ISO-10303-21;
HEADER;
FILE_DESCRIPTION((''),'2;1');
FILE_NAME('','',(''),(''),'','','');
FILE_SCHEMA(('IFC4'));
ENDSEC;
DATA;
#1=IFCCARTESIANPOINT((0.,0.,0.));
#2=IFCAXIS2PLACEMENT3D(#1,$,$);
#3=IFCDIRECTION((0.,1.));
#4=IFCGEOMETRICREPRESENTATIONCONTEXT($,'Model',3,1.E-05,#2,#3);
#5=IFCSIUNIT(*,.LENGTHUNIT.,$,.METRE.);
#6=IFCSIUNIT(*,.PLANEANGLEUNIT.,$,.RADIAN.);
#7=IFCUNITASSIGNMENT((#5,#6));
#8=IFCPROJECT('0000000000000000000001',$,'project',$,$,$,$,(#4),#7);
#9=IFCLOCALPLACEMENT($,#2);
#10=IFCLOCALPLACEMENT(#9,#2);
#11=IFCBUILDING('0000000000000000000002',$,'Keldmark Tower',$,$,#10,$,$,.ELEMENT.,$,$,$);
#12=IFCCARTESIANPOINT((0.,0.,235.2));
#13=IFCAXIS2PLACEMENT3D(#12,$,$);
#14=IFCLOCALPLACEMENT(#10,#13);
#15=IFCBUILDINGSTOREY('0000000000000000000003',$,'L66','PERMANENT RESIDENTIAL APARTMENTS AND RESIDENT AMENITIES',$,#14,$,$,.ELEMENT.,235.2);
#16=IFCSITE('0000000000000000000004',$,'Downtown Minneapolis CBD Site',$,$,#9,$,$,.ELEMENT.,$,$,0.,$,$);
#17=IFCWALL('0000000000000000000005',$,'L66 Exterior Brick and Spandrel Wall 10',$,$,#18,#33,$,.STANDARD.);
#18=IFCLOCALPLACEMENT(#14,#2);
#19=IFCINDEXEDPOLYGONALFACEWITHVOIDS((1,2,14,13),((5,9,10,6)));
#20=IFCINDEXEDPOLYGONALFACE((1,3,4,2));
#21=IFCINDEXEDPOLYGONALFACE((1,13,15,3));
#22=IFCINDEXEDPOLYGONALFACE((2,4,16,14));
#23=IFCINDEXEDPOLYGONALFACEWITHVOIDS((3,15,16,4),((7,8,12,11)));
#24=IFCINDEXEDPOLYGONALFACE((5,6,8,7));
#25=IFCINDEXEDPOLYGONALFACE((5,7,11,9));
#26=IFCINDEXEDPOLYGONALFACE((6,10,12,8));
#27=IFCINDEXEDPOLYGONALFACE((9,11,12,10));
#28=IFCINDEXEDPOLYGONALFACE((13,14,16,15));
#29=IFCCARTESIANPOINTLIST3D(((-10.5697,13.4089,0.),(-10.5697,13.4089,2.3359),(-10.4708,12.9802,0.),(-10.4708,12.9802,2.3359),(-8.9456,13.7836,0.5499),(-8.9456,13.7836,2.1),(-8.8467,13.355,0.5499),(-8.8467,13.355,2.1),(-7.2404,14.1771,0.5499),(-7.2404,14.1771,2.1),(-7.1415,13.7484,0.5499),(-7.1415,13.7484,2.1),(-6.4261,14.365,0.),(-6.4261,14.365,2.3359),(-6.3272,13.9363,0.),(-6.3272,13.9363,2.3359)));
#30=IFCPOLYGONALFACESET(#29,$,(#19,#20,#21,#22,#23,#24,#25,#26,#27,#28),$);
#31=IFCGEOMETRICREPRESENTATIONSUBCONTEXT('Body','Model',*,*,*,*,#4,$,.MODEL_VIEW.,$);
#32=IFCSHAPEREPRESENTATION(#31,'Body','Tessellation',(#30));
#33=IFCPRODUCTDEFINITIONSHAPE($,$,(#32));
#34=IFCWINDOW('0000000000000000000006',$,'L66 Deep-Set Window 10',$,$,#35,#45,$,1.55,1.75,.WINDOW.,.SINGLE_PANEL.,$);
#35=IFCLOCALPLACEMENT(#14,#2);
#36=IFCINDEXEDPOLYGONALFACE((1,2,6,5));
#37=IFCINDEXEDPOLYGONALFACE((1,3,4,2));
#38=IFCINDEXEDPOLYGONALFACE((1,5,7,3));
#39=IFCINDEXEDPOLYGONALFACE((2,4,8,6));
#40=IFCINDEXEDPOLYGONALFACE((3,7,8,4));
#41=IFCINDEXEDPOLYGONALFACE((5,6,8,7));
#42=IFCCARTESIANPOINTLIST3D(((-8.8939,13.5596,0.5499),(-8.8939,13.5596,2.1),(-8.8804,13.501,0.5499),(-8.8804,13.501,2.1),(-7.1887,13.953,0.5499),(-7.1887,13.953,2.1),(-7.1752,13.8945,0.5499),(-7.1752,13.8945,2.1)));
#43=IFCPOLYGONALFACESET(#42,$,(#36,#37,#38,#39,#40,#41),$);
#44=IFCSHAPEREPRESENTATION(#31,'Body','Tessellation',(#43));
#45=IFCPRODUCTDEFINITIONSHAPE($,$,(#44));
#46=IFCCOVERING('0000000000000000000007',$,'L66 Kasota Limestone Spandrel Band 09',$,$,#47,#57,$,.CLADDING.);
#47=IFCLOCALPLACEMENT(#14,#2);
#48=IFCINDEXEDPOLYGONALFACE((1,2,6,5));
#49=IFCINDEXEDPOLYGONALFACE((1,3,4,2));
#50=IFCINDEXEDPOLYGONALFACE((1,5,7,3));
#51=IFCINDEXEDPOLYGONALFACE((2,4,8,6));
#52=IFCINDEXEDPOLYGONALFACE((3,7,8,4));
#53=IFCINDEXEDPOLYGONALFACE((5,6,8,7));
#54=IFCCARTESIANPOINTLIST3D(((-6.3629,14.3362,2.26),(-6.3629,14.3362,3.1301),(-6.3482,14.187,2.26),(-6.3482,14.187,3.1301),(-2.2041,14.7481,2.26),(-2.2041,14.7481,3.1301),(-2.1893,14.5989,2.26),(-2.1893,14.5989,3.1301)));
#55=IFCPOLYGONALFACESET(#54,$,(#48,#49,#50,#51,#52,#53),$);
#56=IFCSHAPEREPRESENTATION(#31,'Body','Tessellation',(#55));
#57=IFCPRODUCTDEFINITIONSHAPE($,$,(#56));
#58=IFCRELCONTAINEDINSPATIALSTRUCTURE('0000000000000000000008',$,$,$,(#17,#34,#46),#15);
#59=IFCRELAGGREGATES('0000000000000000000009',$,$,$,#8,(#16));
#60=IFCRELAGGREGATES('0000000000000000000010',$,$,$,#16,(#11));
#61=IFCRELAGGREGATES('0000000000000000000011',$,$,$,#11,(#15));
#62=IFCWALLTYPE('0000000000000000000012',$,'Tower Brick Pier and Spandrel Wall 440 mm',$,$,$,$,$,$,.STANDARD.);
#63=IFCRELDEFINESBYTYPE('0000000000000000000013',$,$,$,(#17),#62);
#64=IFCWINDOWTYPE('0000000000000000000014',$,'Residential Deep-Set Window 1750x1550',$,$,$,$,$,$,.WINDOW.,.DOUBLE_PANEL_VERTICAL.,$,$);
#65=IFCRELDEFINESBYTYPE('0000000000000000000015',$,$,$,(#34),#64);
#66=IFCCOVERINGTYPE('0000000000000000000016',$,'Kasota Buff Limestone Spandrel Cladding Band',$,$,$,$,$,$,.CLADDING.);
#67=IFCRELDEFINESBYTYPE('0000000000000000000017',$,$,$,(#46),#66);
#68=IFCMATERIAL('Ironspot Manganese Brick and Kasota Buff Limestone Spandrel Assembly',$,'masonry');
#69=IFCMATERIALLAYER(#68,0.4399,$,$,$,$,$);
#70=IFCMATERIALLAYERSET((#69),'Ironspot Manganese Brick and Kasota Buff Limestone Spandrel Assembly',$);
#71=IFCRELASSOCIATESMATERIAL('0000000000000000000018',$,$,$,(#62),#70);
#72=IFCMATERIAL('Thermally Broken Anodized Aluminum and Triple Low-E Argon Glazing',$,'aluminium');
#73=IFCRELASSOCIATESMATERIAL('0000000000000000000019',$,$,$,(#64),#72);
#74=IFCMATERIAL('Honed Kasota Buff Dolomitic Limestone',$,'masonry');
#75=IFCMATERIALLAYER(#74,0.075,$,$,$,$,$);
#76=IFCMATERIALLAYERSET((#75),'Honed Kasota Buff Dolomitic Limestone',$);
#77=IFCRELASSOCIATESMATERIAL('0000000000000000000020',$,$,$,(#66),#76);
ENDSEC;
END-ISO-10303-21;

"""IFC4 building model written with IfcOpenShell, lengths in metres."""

from ifc_helpers import new_model, si_unit, direction, frame, frame_2d, origin, origin_2d, place, context, subcontext, project, spatial, rectangle, extrude, material, layer, layer_set, type_object, element, fill, save


model = new_model("IFC4")

# Units and contexts
model_context = context("Model", 3, precision=1e-05, world=origin(), true_north=direction((0.0, 1.0)))
body_context = subcontext(model_context, "Body", "Model", "MODEL_VIEW")
ifc_project = project(units=[si_unit("LENGTHUNIT", "METRE"), si_unit("PLANEANGLEUNIT", "RADIAN")], contexts=[model_context])

# Site, building, storey
site_placement = place(None, origin())
site = spatial("IfcSite", under=ifc_project, at=site_placement, Name="Downtown Minneapolis CBD Site", CompositionType="ELEMENT", RefElevation=0.0)
building_placement = place(site_placement, origin())
building = spatial("IfcBuilding", under=site, at=building_placement, Name="Keldmark Tower", CompositionType="ELEMENT")
storey_placement = place(building_placement, frame((0.0, 0.0, 235.2)))
storey = spatial("IfcBuildingStorey", under=building, at=storey_placement, Name="L66", Description="PERMANENT RESIDENTIAL APARTMENTS AND RESIDENT AMENITIES", CompositionType="ELEMENT", Elevation=235.2)

# Wall, opening, window
ifc_material_1 = material(Name="Ironspot Manganese Brick and Kasota Buff Limestone Spandrel Assembly", Category="masonry")
ifc_layer_1 = layer(ifc_material_1, 0.4399)
ifc_layer_set_1 = layer_set([ifc_layer_1], Name="Ironspot Manganese Brick and Kasota Buff Limestone Spandrel Assembly")
wall_type_1 = type_object("IfcWallType", Name="Tower Brick Pier and Spandrel Wall 440 mm", PredefinedType="STANDARD", material=ifc_layer_set_1)
ifc_material_2 = material(Name="Thermally Broken Anodized Aluminum and Triple Low-E Argon Glazing", Category="aluminium")
window_type_1 = type_object("IfcWindowType", Name="Residential Deep-Set Window 1750x1550", PartitioningType="DOUBLE_PANEL_VERTICAL", PredefinedType="WINDOW", material=ifc_material_2)
wall_1_placement = place(storey_placement, frame((-10.5203, 13.1946, 0.0), z_axis=(0.0, 0.0, 1.0), x_axis=(0.974399, 0.224826, 0.0)))
wall_1 = element("IfcWall", 1, at=wall_1_placement, inside=storey, type_object=wall_type_1, Name="L66 Exterior Brick and Spandrel Wall 10", PredefinedType="STANDARD", context=body_context, shape_type="SweptSolid", body=[
    extrude(rectangle(XDim=4.2524, YDim=0.4399, at=frame_2d((2.1262, 0.0))), origin(), (0.0, 0.0, 1.0), 2.3359),
])
opening_1_placement = place(wall_1_placement, frame((1.6667, 0.0, 0.55)))
opening_1 = element("IfcOpeningElement", 2, at=opening_1_placement, cuts=wall_1, PredefinedType="OPENING", context=body_context, shape_type="SweptSolid", body=[
    extrude(rectangle(XDim=1.75, YDim=1.55, at=frame_2d((0.875, 0.7749))), frame((0.0, 0.23, 0.0), z_axis=(0.0, -1.0, 0.0), x_axis=(1.0, 0.0, 0.0)), (0.0, 0.0, 1.0), 0.46),
])
window_1_placement = place(opening_1_placement, origin())
window_1 = element("IfcWindow", 3, at=window_1_placement, inside=storey, type_object=window_type_1, Name="L66 Deep-Set Window 10", OverallHeight=1.55, OverallWidth=1.75, PartitioningType="SINGLE_PANEL", PredefinedType="WINDOW", context=body_context, shape_type="SweptSolid", body=[
    extrude(rectangle(XDim=1.75, YDim=1.55, at=frame_2d((0.875, 0.7749))), frame((0.0, -0.01, 0.0), z_axis=(0.0, -1.0, 0.0), x_axis=(1.0, 0.0, 0.0)), (0.0, 0.0, 1.0), 0.0601),
])
fill(opening_1, window_1)

# Covering
ifc_material_3 = material(Name="Honed Kasota Buff Dolomitic Limestone", Category="masonry")
ifc_layer_2 = layer(ifc_material_3, 0.075)
ifc_layer_set_2 = layer_set([ifc_layer_2], Name="Honed Kasota Buff Dolomitic Limestone")
covering_type = type_object("IfcCoveringType", Name="Kasota Buff Limestone Spandrel Cladding Band", PredefinedType="CLADDING", material=ifc_layer_set_2)
covering_placement = place(storey_placement, frame((-4.2761, 14.4675, 2.26), z_axis=(0.0, 0.0, 1.0), x_axis=(-0.995132, -0.098556, 0.0)))
element("IfcCovering", 4, at=covering_placement, inside=storey, type_object=covering_type, Name="L66 Kasota Limestone Spandrel Band 09", PredefinedType="CLADDING", context=body_context, shape_type="SweptSolid", body=[
    extrude(rectangle(XDim=4.1792, YDim=0.1499, at=origin_2d()), origin(), (0.0, 0.0, 1.0), 0.8701),
])

save(model, "model.ifc")
